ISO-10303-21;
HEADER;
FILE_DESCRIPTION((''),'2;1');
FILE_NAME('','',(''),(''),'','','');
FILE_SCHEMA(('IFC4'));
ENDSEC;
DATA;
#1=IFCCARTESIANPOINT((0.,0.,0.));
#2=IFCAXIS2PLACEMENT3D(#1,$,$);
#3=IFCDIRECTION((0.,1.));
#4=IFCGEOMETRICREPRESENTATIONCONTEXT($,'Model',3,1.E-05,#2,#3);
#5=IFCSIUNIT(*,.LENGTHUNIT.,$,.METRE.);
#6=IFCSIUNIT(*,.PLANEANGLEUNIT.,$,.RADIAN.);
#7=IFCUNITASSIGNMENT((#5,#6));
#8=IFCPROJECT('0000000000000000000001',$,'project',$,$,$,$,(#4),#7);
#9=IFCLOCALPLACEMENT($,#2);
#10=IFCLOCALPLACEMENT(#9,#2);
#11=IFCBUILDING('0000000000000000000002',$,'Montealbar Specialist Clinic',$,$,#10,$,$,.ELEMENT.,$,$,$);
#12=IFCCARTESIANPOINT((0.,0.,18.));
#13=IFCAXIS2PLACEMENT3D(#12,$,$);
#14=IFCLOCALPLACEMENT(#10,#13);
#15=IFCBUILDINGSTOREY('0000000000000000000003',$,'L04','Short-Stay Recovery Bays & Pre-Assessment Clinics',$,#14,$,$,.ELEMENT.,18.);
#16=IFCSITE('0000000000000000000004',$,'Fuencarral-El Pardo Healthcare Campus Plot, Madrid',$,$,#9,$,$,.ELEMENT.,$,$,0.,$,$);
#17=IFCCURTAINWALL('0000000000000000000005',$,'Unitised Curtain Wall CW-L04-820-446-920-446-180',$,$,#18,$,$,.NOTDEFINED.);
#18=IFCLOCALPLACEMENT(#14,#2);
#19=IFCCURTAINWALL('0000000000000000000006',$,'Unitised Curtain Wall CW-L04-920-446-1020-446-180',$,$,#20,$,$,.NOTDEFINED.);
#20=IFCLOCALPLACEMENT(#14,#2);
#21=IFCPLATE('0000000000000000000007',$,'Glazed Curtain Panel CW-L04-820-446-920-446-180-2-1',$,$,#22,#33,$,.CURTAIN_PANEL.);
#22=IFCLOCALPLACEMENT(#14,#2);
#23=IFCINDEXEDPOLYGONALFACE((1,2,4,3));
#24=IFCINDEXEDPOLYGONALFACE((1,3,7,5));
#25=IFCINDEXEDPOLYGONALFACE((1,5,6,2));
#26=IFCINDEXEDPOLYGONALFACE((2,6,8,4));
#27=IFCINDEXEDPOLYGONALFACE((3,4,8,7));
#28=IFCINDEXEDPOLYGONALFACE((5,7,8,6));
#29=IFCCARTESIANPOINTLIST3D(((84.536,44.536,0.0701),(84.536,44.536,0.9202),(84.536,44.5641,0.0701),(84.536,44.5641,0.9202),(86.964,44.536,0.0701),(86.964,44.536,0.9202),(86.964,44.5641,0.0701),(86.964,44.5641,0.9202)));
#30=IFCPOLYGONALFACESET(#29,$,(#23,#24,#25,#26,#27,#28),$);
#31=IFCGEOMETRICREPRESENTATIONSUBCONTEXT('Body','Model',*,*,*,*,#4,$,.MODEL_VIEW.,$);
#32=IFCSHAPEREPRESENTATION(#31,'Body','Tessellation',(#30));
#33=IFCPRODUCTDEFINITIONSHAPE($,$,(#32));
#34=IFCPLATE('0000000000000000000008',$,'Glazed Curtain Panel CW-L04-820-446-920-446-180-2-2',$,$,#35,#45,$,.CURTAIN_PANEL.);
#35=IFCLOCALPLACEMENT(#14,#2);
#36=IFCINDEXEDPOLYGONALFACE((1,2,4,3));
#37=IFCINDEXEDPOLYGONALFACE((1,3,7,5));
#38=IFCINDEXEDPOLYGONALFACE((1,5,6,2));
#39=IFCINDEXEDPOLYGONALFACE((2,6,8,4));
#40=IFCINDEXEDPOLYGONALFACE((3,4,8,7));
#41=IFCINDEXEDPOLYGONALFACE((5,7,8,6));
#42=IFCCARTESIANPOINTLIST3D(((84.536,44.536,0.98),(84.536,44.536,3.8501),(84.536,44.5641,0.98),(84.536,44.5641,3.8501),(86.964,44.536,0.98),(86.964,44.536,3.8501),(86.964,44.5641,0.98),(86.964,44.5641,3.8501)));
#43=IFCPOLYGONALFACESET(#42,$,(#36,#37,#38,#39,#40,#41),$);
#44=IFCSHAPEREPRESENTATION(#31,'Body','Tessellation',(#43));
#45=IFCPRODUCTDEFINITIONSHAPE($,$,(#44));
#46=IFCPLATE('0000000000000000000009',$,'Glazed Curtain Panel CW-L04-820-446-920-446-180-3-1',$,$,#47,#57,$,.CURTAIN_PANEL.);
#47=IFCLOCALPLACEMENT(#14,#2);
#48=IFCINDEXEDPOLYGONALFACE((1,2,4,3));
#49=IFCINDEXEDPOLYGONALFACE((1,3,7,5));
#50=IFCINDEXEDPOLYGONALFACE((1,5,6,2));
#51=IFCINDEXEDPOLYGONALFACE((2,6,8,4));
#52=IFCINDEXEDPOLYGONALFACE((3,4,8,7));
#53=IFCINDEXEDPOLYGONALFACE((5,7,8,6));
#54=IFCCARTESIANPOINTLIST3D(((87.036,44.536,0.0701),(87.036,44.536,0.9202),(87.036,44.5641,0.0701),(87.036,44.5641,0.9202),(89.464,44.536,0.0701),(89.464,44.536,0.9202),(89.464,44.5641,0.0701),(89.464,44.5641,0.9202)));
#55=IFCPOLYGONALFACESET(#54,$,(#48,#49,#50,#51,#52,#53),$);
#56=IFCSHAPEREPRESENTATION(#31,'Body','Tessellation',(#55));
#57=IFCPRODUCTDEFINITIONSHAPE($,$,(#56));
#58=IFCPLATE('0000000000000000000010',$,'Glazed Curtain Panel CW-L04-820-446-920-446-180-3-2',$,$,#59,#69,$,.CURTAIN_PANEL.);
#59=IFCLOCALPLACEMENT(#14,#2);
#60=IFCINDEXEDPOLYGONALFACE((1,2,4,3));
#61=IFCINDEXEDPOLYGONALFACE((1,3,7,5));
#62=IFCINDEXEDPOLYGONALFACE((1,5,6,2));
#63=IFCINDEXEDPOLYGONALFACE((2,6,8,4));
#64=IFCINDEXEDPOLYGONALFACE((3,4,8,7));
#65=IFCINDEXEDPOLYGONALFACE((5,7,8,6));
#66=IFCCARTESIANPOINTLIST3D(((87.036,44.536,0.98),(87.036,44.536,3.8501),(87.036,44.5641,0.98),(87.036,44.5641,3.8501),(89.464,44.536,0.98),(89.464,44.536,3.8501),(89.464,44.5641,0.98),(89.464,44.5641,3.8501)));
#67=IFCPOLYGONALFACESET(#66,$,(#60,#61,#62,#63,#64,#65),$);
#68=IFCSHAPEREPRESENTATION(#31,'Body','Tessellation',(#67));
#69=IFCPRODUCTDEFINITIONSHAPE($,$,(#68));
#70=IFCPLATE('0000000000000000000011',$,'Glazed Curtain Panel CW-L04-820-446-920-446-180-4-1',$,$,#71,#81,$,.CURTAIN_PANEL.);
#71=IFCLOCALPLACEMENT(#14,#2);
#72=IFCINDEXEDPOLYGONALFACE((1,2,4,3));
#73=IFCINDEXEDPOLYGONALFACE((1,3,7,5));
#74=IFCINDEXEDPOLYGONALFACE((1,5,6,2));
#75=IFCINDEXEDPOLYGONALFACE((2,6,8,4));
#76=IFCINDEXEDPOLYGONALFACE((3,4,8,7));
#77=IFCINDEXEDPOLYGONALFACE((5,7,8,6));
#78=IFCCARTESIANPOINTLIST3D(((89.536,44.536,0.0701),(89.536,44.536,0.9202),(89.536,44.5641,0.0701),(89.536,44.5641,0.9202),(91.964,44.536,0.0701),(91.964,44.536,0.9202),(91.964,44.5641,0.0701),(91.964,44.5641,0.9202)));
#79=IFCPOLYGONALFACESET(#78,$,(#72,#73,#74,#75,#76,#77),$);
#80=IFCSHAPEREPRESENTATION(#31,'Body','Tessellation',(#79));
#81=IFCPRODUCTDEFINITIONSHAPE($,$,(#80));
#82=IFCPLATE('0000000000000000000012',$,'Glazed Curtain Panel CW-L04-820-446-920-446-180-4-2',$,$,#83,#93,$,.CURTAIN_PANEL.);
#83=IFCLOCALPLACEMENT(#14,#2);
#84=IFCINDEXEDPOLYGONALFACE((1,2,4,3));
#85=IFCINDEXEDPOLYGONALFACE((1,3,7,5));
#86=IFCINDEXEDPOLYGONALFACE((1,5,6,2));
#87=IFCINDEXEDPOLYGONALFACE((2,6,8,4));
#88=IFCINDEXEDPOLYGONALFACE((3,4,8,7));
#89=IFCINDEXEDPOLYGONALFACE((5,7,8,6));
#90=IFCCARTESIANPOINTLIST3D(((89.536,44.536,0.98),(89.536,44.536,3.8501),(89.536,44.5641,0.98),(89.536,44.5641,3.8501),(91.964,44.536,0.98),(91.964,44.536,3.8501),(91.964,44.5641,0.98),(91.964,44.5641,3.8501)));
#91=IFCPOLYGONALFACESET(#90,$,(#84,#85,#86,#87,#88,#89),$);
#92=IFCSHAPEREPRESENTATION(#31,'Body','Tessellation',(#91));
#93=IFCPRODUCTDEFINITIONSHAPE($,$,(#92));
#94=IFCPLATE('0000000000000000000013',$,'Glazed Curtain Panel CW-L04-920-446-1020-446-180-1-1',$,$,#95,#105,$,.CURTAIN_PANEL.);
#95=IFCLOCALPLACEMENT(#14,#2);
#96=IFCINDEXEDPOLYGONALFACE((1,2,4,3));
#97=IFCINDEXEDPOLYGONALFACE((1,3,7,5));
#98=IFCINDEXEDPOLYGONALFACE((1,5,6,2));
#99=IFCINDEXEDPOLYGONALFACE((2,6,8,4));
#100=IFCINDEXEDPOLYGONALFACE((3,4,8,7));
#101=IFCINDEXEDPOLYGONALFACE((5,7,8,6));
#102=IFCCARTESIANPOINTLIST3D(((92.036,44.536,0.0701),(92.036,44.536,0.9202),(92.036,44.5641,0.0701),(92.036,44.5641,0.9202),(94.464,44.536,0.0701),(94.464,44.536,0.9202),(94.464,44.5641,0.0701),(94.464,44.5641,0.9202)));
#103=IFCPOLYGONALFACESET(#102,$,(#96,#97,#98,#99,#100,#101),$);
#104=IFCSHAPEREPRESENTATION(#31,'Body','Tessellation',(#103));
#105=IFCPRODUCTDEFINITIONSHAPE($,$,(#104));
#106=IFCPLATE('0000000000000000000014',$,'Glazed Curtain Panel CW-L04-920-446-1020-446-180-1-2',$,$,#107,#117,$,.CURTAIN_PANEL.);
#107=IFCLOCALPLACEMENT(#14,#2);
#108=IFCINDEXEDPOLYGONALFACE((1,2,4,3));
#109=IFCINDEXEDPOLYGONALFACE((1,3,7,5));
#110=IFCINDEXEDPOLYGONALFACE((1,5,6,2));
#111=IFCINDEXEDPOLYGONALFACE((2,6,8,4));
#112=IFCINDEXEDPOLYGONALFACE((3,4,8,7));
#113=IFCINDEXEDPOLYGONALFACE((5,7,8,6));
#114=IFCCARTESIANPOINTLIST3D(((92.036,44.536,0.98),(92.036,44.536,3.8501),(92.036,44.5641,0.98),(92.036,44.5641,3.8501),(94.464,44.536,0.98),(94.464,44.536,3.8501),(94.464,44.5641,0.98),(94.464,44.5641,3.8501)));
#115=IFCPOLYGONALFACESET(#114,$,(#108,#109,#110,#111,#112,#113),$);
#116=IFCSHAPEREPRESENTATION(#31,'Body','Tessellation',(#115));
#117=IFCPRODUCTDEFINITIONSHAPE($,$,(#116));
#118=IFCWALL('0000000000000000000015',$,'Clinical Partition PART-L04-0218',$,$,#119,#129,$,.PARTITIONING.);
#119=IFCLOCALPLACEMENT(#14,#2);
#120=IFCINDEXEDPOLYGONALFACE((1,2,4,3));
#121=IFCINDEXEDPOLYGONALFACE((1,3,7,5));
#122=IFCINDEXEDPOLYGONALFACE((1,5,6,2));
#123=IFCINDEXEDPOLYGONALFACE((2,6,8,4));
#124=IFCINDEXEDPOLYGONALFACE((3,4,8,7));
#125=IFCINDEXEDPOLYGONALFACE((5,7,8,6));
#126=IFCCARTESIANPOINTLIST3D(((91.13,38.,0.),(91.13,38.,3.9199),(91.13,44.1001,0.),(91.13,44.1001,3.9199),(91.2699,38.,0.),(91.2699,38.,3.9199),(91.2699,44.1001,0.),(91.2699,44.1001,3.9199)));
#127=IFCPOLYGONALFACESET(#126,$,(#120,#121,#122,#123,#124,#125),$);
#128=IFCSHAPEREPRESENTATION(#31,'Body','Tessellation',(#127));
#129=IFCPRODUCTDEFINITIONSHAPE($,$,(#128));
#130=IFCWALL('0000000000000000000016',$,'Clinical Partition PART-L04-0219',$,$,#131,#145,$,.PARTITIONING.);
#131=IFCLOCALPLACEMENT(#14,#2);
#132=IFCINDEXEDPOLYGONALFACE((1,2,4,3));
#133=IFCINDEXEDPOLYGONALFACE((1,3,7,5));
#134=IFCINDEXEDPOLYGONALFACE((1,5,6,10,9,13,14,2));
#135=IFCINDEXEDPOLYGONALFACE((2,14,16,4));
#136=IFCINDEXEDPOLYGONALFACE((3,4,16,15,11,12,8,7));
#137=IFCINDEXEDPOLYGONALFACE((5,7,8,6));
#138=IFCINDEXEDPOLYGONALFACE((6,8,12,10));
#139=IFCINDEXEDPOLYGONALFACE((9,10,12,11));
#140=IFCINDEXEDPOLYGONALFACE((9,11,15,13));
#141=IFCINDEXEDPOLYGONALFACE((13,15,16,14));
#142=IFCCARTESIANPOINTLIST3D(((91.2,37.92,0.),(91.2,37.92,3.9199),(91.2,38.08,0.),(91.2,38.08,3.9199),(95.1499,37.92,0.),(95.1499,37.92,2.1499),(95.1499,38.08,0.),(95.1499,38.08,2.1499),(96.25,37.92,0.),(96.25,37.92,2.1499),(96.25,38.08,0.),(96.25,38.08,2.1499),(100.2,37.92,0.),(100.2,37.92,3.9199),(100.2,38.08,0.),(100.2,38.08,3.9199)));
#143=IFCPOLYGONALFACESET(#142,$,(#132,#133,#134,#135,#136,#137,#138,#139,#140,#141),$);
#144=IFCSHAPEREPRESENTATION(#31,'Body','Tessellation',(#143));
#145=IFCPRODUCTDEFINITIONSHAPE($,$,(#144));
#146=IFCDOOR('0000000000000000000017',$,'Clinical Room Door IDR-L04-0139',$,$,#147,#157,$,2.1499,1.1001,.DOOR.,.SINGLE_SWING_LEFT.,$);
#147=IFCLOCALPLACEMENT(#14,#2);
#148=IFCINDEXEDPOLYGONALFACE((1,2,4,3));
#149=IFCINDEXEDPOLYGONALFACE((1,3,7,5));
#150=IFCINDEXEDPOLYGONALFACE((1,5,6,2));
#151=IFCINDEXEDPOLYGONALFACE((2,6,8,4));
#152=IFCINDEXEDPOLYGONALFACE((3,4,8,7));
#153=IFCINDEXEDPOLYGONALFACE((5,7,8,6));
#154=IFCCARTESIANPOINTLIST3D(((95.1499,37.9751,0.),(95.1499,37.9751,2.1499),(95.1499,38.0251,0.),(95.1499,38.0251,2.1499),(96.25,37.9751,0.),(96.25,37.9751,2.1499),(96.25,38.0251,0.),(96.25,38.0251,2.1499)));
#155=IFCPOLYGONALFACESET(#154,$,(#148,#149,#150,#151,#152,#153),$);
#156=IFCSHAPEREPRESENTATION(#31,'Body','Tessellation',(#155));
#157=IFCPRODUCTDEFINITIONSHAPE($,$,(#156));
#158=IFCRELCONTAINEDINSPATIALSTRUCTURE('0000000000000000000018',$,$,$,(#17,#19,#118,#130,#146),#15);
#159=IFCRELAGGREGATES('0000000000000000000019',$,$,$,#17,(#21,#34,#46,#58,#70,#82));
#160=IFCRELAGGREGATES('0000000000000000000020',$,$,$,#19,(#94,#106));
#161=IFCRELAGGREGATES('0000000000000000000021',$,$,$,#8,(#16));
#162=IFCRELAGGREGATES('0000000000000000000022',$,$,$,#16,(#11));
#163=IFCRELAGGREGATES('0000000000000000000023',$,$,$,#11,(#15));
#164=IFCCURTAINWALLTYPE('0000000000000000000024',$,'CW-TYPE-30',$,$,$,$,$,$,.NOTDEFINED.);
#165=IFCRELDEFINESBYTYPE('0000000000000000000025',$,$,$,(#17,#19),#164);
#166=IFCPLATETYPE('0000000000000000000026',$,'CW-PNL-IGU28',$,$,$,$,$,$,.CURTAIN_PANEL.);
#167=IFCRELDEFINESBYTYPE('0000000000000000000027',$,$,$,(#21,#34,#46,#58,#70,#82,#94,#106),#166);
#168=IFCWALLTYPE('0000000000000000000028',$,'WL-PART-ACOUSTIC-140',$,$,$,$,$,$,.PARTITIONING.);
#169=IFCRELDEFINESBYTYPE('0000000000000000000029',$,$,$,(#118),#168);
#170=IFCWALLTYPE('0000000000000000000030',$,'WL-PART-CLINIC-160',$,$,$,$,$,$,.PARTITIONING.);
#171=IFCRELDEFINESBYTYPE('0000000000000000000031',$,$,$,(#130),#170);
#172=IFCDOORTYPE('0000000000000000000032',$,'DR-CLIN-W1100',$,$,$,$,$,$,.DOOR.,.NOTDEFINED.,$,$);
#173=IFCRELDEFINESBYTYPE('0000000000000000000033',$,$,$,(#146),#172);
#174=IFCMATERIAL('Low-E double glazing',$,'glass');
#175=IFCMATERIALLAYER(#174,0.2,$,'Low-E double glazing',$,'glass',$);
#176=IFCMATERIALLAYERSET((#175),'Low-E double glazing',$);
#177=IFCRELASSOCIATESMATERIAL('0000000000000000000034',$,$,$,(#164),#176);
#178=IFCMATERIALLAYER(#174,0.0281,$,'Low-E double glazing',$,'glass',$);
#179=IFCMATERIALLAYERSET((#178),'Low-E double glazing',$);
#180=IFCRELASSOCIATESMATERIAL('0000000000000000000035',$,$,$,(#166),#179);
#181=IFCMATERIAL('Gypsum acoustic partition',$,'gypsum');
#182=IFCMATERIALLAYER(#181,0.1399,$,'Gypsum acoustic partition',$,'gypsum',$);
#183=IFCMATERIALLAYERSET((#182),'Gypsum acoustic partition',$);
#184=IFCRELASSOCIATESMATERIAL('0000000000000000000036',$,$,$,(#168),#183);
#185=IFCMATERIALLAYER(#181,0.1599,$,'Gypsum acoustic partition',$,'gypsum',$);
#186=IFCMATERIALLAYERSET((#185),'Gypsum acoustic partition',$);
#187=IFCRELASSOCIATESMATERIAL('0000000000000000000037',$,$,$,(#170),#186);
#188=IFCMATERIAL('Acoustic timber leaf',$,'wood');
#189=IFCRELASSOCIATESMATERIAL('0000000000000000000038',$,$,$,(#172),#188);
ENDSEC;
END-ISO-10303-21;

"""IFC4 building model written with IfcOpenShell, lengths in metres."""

from ifc_helpers import new_model, si_unit, direction, frame, frame_2d, origin, origin_2d, place, context, subcontext, project, spatial, rectangle, extrude, material, layer, layer_set, type_object, element, fill, aggregate, save


model = new_model("IFC4")

# Units and contexts
model_context = context("Model", 3, precision=1e-05, world=origin(), true_north=direction((0.0, 1.0)))
body_context = subcontext(model_context, "Body", "Model", "MODEL_VIEW")
ifc_project = project(units=[si_unit("LENGTHUNIT", "METRE"), si_unit("PLANEANGLEUNIT", "RADIAN")], contexts=[model_context])

# Site, building, storey
site_placement = place(None, origin())
site = spatial("IfcSite", under=ifc_project, at=site_placement, Name="Fuencarral-El Pardo Healthcare Campus Plot, Madrid", CompositionType="ELEMENT", RefElevation=0.0)
building_placement = place(site_placement, origin())
building = spatial("IfcBuilding", under=site, at=building_placement, Name="Montealbar Specialist Clinic", CompositionType="ELEMENT")
storey_placement = place(building_placement, frame((0.0, 0.0, 18.0)))
storey = spatial("IfcBuildingStorey", under=building, at=storey_placement, Name="L04", Description="Short-Stay Recovery Bays & Pre-Assessment Clinics", CompositionType="ELEMENT", Elevation=18.0)

# Curtain walls
ifc_material_1 = material(Name="Low-E double glazing", Category="glass")
ifc_layer_1 = layer(ifc_material_1, 0.2, Name="Low-E double glazing", Category="glass")
ifc_layer_set_1 = layer_set([ifc_layer_1], Name="Low-E double glazing")
curtain_wall_type = type_object("IfcCurtainWallType", Name="CW-TYPE-30", PredefinedType="NOTDEFINED", material=ifc_layer_set_1)
curtain_wall_1_placement = place(storey_placement, origin())
curtain_wall_1 = element("IfcCurtainWall", 1, at=curtain_wall_1_placement, inside=storey, type_object=curtain_wall_type, Name="Unitised Curtain Wall CW-L04-820-446-920-446-180", PredefinedType="NOTDEFINED")
curtain_wall_2_placement = place(storey_placement, origin())
curtain_wall_2 = element("IfcCurtainWall", 2, at=curtain_wall_2_placement, inside=storey, type_object=curtain_wall_type, Name="Unitised Curtain Wall CW-L04-920-446-1020-446-180", PredefinedType="NOTDEFINED")

# Plates
ifc_layer_2 = layer(ifc_material_1, 0.0281, Name="Low-E double glazing", Category="glass")
ifc_layer_set_2 = layer_set([ifc_layer_2], Name="Low-E double glazing")
plate_type = type_object("IfcPlateType", Name="CW-PNL-IGU28", PredefinedType="CURTAIN_PANEL", material=ifc_layer_set_2)
plate_1_placement = place(storey_placement, frame((85.75, 44.55, 0.0701), z_axis=(0.0, 0.0, 1.0), x_axis=(1.0, 0.0, 0.0)))
plate_1 = element("IfcPlate", 3, at=plate_1_placement, type_object=plate_type, Name="Glazed Curtain Panel CW-L04-820-446-920-446-180-2-1", PredefinedType="CURTAIN_PANEL", context=body_context, shape_type="SweptSolid", body=[
    extrude(rectangle(XDim=2.428, YDim=0.0281, at=origin_2d()), origin(), (0.0, 0.0, 1.0), 0.8501),
])
plate_2_placement = place(storey_placement, frame((85.75, 44.55, 0.98), z_axis=(0.0, 0.0, 1.0), x_axis=(1.0, 0.0, 0.0)))
plate_2 = element("IfcPlate", 4, at=plate_2_placement, type_object=plate_type, Name="Glazed Curtain Panel CW-L04-820-446-920-446-180-2-2", PredefinedType="CURTAIN_PANEL", context=body_context, shape_type="SweptSolid", body=[
    extrude(rectangle(XDim=2.428, YDim=0.0281, at=origin_2d()), origin(), (0.0, 0.0, 1.0), 2.8701),
])
plate_3_placement = place(storey_placement, frame((88.25, 44.55, 0.0701), z_axis=(0.0, 0.0, 1.0), x_axis=(1.0, 0.0, 0.0)))
plate_3 = element("IfcPlate", 5, at=plate_3_placement, type_object=plate_type, Name="Glazed Curtain Panel CW-L04-820-446-920-446-180-3-1", PredefinedType="CURTAIN_PANEL", context=body_context, shape_type="SweptSolid", body=[
    extrude(rectangle(XDim=2.428, YDim=0.0281, at=origin_2d()), origin(), (0.0, 0.0, 1.0), 0.8501),
])
plate_4_placement = place(storey_placement, frame((88.25, 44.55, 0.98), z_axis=(0.0, 0.0, 1.0), x_axis=(1.0, 0.0, 0.0)))
plate_4 = element("IfcPlate", 6, at=plate_4_placement, type_object=plate_type, Name="Glazed Curtain Panel CW-L04-820-446-920-446-180-3-2", PredefinedType="CURTAIN_PANEL", context=body_context, shape_type="SweptSolid", body=[
    extrude(rectangle(XDim=2.428, YDim=0.0281, at=origin_2d()), origin(), (0.0, 0.0, 1.0), 2.8701),
])
plate_5_placement = place(storey_placement, frame((90.75, 44.55, 0.0701), z_axis=(0.0, 0.0, 1.0), x_axis=(1.0, 0.0, 0.0)))
plate_5 = element("IfcPlate", 7, at=plate_5_placement, type_object=plate_type, Name="Glazed Curtain Panel CW-L04-820-446-920-446-180-4-1", PredefinedType="CURTAIN_PANEL", context=body_context, shape_type="SweptSolid", body=[
    extrude(rectangle(XDim=2.428, YDim=0.0281, at=origin_2d()), origin(), (0.0, 0.0, 1.0), 0.8501),
])
plate_6_placement = place(storey_placement, frame((90.75, 44.55, 0.98), z_axis=(0.0, 0.0, 1.0), x_axis=(1.0, 0.0, 0.0)))
plate_6 = element("IfcPlate", 8, at=plate_6_placement, type_object=plate_type, Name="Glazed Curtain Panel CW-L04-820-446-920-446-180-4-2", PredefinedType="CURTAIN_PANEL", context=body_context, shape_type="SweptSolid", body=[
    extrude(rectangle(XDim=2.428, YDim=0.0281, at=origin_2d()), origin(), (0.0, 0.0, 1.0), 2.8701),
])
aggregate(curtain_wall_1, [plate_1, plate_2, plate_3, plate_4, plate_5, plate_6])
plate_7_placement = place(storey_placement, frame((93.25, 44.55, 0.0701), z_axis=(0.0, 0.0, 1.0), x_axis=(1.0, 0.0, 0.0)))
plate_7 = element("IfcPlate", 9, at=plate_7_placement, type_object=plate_type, Name="Glazed Curtain Panel CW-L04-920-446-1020-446-180-1-1", PredefinedType="CURTAIN_PANEL", context=body_context, shape_type="SweptSolid", body=[
    extrude(rectangle(XDim=2.428, YDim=0.0281, at=origin_2d()), origin(), (0.0, 0.0, 1.0), 0.8501),
])
plate_8_placement = place(storey_placement, frame((93.25, 44.55, 0.98), z_axis=(0.0, 0.0, 1.0), x_axis=(1.0, 0.0, 0.0)))
plate_8 = element("IfcPlate", 10, at=plate_8_placement, type_object=plate_type, Name="Glazed Curtain Panel CW-L04-920-446-1020-446-180-1-2", PredefinedType="CURTAIN_PANEL", context=body_context, shape_type="SweptSolid", body=[
    extrude(rectangle(XDim=2.428, YDim=0.0281, at=origin_2d()), origin(), (0.0, 0.0, 1.0), 2.8701),
])
aggregate(curtain_wall_2, [plate_7, plate_8])

# Wall
ifc_material_2 = material(Name="Gypsum acoustic partition", Category="gypsum")
ifc_layer_3 = layer(ifc_material_2, 0.1399, Name="Gypsum acoustic partition", Category="gypsum")
ifc_layer_set_3 = layer_set([ifc_layer_3], Name="Gypsum acoustic partition")
wall_type_1 = type_object("IfcWallType", Name="WL-PART-ACOUSTIC-140", PredefinedType="PARTITIONING", material=ifc_layer_set_3)
wall_1_placement = place(storey_placement, frame((91.2, 38.0, 0.0), z_axis=(0.0, 0.0, 1.0), x_axis=(0.0, 1.0, 0.0)))
element("IfcWall", 11, at=wall_1_placement, inside=storey, type_object=wall_type_1, Name="Clinical Partition PART-L04-0218", PredefinedType="PARTITIONING", context=body_context, shape_type="SweptSolid", body=[
    extrude(rectangle(XDim=6.1001, YDim=0.1399, at=frame_2d((3.05, 0.0))), origin(), (0.0, 0.0, 1.0), 3.9199),
])

# Wall, opening, door
ifc_layer_4 = layer(ifc_material_2, 0.1599, Name="Gypsum acoustic partition", Category="gypsum")
ifc_layer_set_4 = layer_set([ifc_layer_4], Name="Gypsum acoustic partition")
wall_type_2 = type_object("IfcWallType", Name="WL-PART-CLINIC-160", PredefinedType="PARTITIONING", material=ifc_layer_set_4)
wall_2_placement = place(storey_placement, frame((91.2, 38.0, 0.0), z_axis=(0.0, 0.0, 1.0), x_axis=(1.0, 0.0, 0.0)))
wall_2 = element("IfcWall", 12, at=wall_2_placement, inside=storey, type_object=wall_type_2, Name="Clinical Partition PART-L04-0219", PredefinedType="PARTITIONING", context=body_context, shape_type="SweptSolid", body=[
    extrude(rectangle(XDim=9.0, YDim=0.1599, at=frame_2d((4.5, 0.0))), origin(), (0.0, 0.0, 1.0), 3.9199),
])
opening_placement = place(wall_2_placement, frame((3.95, 0.0, 0.0)))
opening = element("IfcOpeningElement", 13, at=opening_placement, cuts=wall_2, PredefinedType="OPENING", context=body_context, shape_type="SweptSolid", body=[
    extrude(rectangle(XDim=1.1001, YDim=2.1499, at=frame_2d((0.55, 1.075))), frame((0.0, 0.0898, 0.0), z_axis=(0.0, -1.0, 0.0), x_axis=(1.0, 0.0, 0.0)), (0.0, 0.0, 1.0), 0.1799),
])
ifc_material_3 = material(Name="Acoustic timber leaf", Category="wood")
door_type = type_object("IfcDoorType", Name="DR-CLIN-W1100", OperationType="NOTDEFINED", PredefinedType="DOOR", material=ifc_material_3)
door_placement = place(opening_placement, frame((1.1001, 0.0, 0.0), z_axis=(0.0, 0.0, 1.0), x_axis=(-1.0, 0.0, 0.0)))
door = element("IfcDoor", 14, at=door_placement, inside=storey, type_object=door_type, Name="Clinical Room Door IDR-L04-0139", OperationType="SINGLE_SWING_LEFT", OverallHeight=2.1499, OverallWidth=1.1001, PredefinedType="DOOR", context=body_context, shape_type="SweptSolid", body=[
    extrude(rectangle(XDim=1.1001, YDim=2.1499, at=frame_2d((0.55, 1.075))), frame((0.0, 0.0249, 0.0), z_axis=(0.0, -1.0, 0.0), x_axis=(1.0, 0.0, 0.0)), (0.0, 0.0, 1.0), 0.05),
])
fill(opening, door)

save(model, "model.ifc")
